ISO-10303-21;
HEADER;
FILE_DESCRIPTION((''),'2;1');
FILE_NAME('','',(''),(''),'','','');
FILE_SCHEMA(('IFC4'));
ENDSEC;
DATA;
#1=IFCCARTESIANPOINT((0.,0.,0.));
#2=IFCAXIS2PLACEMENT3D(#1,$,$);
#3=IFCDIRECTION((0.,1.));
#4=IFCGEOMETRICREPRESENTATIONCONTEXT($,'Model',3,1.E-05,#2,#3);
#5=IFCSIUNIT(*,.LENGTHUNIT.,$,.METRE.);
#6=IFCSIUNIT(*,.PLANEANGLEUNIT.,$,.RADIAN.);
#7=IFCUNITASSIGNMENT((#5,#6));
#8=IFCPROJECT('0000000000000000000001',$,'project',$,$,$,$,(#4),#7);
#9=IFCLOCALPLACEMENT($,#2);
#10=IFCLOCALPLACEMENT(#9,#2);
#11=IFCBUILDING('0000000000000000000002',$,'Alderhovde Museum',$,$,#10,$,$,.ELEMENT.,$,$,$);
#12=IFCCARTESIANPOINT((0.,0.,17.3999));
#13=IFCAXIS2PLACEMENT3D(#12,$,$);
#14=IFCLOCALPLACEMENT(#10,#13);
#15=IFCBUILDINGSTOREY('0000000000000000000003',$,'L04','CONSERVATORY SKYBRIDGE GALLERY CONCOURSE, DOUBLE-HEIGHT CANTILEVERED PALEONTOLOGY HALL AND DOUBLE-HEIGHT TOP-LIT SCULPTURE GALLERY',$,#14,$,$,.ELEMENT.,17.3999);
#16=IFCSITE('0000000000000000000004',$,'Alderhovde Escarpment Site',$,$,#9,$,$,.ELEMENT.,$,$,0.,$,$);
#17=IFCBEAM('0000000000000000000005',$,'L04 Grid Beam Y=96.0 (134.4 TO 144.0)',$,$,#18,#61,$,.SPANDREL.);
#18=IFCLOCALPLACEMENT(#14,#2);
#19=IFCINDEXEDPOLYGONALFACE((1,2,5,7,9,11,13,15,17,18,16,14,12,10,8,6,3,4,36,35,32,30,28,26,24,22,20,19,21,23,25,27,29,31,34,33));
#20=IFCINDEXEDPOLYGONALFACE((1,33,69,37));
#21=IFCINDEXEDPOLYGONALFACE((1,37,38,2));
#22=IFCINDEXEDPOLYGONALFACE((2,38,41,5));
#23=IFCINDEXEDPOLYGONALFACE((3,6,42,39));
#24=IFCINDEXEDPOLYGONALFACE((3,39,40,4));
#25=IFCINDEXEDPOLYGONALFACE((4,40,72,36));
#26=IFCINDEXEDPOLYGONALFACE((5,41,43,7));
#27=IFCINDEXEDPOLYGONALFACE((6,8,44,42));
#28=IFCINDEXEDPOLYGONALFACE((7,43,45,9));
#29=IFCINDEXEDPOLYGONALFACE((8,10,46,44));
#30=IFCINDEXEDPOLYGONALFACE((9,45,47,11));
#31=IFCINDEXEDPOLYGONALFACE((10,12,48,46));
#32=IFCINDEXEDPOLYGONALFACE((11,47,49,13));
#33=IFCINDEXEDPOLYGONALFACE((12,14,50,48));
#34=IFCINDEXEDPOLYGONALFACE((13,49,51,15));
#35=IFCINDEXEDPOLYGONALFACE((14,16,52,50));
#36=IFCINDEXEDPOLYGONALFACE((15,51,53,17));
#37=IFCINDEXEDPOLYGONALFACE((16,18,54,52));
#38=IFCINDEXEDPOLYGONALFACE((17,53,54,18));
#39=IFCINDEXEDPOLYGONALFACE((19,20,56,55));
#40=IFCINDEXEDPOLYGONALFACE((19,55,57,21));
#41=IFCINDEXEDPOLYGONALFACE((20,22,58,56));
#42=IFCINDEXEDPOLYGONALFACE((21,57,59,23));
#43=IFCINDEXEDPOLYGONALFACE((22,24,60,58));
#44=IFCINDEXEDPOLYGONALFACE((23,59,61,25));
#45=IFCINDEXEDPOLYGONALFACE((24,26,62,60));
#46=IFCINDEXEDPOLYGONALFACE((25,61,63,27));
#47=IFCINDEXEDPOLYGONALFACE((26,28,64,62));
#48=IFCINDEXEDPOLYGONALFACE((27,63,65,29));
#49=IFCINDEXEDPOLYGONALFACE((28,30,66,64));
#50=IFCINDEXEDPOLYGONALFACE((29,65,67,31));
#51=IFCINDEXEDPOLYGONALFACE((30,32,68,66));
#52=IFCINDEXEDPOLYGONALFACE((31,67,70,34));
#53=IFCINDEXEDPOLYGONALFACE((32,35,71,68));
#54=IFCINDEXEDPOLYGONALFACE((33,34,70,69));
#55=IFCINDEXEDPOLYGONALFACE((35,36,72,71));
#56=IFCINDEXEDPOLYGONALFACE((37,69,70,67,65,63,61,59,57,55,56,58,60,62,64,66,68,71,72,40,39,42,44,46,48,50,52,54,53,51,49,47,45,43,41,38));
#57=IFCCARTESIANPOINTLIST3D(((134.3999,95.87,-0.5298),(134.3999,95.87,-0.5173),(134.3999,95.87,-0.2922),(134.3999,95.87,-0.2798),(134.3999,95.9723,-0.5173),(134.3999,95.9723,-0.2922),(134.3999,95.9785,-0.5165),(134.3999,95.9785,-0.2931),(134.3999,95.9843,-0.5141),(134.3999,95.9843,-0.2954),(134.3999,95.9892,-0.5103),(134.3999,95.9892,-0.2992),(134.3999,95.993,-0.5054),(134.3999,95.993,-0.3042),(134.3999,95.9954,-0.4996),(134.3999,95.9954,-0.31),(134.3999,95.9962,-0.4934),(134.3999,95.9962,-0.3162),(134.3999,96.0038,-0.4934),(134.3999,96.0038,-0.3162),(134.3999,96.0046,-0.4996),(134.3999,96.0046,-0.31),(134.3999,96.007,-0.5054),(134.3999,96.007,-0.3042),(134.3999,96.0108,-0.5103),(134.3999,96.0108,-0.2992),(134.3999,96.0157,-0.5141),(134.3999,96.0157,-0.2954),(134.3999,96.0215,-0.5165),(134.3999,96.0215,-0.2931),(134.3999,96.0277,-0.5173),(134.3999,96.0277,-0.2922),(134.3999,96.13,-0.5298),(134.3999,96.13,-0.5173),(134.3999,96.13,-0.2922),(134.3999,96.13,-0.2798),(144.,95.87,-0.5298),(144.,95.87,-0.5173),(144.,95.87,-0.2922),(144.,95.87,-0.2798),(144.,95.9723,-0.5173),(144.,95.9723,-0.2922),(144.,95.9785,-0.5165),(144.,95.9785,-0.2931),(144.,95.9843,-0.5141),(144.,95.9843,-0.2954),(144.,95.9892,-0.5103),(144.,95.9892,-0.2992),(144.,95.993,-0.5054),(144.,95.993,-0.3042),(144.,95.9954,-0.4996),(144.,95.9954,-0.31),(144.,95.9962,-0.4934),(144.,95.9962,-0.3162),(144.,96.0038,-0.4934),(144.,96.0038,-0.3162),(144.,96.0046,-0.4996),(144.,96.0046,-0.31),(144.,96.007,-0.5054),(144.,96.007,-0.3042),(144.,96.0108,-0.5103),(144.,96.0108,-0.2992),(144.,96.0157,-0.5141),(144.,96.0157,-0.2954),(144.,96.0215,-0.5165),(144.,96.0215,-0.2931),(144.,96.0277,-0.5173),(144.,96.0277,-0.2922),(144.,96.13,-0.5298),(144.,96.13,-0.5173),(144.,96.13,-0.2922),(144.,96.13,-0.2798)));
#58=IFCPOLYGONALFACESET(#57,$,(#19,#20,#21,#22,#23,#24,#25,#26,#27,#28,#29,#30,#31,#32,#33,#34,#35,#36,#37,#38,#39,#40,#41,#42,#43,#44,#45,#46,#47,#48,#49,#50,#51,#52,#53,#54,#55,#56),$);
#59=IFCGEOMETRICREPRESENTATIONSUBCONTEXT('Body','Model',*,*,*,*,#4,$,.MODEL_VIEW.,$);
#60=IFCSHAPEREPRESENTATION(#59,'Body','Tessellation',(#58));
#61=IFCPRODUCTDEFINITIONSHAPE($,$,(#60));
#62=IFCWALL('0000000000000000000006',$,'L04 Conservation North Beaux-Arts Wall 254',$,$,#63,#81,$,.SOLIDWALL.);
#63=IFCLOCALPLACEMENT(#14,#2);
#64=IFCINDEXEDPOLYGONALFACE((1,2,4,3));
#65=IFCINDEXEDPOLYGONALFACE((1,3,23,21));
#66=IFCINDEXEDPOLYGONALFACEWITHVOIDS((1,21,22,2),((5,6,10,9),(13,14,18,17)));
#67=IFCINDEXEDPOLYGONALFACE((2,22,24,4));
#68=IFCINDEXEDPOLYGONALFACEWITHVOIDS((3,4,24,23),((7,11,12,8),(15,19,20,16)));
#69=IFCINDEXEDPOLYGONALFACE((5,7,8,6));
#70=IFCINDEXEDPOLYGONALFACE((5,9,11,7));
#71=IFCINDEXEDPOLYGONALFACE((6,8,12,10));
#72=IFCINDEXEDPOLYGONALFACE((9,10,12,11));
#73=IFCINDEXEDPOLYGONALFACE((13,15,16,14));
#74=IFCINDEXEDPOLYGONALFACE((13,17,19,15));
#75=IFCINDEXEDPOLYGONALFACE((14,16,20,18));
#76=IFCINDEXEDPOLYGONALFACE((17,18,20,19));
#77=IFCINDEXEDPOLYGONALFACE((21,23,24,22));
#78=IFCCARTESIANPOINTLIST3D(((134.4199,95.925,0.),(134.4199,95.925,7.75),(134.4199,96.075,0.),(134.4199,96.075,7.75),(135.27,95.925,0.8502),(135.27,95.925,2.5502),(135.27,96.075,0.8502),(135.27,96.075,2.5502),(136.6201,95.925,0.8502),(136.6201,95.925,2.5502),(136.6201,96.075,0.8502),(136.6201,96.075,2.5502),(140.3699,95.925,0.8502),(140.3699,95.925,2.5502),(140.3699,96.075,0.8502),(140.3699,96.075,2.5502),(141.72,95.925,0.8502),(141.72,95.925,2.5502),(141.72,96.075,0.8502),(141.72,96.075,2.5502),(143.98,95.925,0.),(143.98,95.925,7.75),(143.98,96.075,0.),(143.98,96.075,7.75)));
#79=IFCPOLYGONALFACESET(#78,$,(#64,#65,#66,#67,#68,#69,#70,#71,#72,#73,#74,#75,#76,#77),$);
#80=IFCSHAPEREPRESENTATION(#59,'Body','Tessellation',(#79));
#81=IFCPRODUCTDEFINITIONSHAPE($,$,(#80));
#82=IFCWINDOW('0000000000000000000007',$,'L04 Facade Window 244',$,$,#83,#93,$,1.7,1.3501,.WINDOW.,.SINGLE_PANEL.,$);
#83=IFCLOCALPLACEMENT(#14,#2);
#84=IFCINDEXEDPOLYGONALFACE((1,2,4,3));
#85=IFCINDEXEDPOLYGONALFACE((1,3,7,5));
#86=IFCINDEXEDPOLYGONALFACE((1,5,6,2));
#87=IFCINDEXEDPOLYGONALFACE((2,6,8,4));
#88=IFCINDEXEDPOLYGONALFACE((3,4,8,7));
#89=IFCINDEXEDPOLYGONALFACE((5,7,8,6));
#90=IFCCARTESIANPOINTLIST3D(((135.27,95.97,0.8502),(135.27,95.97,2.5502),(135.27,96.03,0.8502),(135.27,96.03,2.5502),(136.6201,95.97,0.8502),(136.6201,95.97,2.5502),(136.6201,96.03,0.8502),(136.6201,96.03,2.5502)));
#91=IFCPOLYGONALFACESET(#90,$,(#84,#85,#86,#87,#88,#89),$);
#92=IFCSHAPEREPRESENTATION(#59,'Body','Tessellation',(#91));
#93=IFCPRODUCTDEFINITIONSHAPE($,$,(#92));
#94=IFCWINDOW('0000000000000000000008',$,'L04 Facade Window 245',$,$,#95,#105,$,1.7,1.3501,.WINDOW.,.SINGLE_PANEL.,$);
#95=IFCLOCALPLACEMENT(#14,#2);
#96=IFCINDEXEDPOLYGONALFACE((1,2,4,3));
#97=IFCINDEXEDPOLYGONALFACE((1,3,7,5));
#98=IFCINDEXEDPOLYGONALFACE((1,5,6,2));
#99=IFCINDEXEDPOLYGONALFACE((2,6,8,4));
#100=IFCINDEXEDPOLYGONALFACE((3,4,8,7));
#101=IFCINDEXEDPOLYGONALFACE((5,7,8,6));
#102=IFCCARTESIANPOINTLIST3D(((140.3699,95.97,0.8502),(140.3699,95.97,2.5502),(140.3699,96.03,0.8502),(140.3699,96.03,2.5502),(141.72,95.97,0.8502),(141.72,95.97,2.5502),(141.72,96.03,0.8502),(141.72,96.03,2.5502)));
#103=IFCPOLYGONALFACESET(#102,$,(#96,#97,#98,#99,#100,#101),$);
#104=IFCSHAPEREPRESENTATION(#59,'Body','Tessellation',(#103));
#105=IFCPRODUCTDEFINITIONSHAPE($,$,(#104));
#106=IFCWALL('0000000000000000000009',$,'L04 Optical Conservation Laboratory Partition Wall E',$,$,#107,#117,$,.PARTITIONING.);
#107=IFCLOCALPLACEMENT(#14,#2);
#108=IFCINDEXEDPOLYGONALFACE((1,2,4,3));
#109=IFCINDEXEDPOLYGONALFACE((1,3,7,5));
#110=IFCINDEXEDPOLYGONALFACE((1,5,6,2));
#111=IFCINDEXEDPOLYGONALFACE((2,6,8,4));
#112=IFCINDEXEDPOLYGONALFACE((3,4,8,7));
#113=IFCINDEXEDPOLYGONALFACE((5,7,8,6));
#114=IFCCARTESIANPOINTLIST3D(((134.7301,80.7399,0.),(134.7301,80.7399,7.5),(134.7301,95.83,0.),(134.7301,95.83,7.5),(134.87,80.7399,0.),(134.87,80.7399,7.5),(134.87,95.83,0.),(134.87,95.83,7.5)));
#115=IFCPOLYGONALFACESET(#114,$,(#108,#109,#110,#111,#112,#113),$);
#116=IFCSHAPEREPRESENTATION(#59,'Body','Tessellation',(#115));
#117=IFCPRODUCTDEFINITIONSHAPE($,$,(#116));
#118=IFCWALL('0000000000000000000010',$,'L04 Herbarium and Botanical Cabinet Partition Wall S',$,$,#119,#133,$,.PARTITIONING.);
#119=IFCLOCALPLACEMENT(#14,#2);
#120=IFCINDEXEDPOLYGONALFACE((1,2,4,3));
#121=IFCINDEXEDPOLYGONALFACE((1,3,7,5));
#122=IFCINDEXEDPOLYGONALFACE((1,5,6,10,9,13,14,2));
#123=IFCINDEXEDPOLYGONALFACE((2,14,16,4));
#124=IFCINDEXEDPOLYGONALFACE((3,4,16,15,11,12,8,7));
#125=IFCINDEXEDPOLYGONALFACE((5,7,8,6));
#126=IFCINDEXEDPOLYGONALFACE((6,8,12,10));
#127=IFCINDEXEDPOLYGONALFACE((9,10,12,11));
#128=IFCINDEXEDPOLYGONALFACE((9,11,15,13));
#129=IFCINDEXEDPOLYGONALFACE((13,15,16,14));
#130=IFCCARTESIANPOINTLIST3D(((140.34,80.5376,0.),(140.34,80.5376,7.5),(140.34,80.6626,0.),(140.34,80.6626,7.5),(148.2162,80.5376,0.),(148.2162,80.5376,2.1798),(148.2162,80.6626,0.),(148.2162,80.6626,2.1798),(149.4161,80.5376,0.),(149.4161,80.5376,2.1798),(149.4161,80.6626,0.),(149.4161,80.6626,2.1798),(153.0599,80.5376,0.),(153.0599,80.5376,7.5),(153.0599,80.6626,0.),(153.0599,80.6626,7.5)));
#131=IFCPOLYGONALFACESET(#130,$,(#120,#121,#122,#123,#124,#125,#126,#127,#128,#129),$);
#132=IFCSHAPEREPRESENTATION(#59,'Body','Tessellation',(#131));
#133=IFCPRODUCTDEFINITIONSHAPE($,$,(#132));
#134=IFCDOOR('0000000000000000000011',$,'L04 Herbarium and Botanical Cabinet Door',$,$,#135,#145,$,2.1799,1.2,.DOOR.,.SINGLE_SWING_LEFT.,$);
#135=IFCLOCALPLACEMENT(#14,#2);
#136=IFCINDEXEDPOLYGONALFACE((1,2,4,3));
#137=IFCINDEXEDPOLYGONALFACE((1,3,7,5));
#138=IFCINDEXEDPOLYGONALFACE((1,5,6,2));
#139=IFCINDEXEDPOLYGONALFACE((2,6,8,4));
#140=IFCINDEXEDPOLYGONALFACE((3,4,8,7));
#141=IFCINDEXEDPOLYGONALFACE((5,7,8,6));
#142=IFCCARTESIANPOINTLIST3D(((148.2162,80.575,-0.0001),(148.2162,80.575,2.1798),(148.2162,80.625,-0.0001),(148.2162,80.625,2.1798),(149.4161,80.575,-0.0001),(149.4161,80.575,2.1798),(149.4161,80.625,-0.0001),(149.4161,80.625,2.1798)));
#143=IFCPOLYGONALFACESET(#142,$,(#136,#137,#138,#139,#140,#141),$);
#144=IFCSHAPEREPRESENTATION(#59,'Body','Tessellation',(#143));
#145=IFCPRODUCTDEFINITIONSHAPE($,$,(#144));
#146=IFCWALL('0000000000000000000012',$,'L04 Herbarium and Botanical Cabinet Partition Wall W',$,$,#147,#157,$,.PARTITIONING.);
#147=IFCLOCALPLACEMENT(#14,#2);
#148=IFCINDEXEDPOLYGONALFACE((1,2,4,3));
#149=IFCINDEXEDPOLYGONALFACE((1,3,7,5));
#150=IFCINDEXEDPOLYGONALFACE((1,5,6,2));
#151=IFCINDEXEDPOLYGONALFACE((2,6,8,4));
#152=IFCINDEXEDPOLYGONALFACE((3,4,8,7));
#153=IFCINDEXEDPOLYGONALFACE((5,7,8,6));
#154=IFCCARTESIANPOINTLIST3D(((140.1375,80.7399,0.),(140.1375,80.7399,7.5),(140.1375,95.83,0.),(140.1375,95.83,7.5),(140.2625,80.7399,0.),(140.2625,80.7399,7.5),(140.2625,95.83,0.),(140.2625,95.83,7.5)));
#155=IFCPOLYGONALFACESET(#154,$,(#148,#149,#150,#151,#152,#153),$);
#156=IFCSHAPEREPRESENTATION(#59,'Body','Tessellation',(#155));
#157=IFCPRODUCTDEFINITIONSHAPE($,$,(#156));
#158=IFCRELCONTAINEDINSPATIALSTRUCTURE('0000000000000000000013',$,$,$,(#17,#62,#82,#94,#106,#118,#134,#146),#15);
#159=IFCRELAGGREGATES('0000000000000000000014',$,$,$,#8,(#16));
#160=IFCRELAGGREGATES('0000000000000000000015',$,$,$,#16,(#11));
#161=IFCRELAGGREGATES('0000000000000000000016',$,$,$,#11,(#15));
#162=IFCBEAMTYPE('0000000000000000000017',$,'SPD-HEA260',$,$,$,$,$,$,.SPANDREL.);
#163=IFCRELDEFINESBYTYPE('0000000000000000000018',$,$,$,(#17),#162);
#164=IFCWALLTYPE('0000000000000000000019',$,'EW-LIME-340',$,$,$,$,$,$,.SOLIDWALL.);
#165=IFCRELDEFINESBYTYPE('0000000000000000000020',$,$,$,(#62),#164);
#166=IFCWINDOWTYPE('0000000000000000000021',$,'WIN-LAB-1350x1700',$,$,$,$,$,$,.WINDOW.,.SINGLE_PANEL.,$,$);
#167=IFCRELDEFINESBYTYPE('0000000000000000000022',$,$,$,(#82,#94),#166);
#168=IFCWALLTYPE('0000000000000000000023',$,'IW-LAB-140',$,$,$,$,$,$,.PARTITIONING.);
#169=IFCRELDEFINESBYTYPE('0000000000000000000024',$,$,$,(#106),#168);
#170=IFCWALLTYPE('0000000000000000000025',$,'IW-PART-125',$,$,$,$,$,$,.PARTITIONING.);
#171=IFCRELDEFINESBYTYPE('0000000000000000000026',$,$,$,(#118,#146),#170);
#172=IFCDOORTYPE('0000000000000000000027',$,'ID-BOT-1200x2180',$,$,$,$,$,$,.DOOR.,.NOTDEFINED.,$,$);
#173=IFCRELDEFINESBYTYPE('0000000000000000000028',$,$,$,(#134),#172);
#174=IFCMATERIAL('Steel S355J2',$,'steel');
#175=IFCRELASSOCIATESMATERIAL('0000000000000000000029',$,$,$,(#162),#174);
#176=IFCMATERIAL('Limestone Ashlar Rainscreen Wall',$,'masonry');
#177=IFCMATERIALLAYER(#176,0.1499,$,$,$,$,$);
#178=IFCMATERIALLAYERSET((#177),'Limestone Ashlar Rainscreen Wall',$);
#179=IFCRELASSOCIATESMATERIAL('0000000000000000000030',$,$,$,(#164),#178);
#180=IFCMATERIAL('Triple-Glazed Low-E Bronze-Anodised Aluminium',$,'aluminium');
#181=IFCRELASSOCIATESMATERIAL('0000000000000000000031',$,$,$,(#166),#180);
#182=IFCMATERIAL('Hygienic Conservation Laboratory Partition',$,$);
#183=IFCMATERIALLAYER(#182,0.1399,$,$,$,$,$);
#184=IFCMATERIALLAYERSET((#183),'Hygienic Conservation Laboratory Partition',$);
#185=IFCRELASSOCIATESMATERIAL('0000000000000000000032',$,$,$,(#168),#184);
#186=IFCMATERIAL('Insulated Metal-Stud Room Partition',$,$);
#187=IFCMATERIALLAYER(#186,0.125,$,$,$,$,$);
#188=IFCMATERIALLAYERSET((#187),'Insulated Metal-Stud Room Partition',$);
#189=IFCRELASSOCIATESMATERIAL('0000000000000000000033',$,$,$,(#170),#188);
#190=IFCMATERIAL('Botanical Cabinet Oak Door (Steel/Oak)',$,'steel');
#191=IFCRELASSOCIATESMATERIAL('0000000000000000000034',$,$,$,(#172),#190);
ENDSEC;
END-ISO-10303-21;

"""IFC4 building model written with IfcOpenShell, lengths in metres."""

from ifc_helpers import new_model, si_unit, direction, frame, frame_2d, origin, origin_2d, place, context, subcontext, project, spatial, rectangle, i_section, extrude, material, layer, layer_set, material_profile, profile_set, type_object, element, fill, save


model = new_model("IFC4")

# Units and contexts
model_context = context("Model", 3, precision=1e-05, world=origin(), true_north=direction((0.0, 1.0)))
body_context = subcontext(model_context, "Body", "Model", "MODEL_VIEW")
ifc_project = project(units=[si_unit("LENGTHUNIT", "METRE"), si_unit("PLANEANGLEUNIT", "RADIAN")], contexts=[model_context])

# Site, building, storey
site_placement = place(None, origin())
site = spatial("IfcSite", under=ifc_project, at=site_placement, Name="Alderhovde Escarpment Site", CompositionType="ELEMENT", RefElevation=0.0)
building_placement = place(site_placement, origin())
building = spatial("IfcBuilding", under=site, at=building_placement, Name="Alderhovde Museum", CompositionType="ELEMENT")
storey_placement = place(building_placement, frame((0.0, 0.0, 17.3999)))
storey = spatial("IfcBuildingStorey", under=building, at=storey_placement, Name="L04", Description="CONSERVATORY SKYBRIDGE GALLERY CONCOURSE, DOUBLE-HEIGHT CANTILEVERED PALEONTOLOGY HALL AND DOUBLE-HEIGHT TOP-LIT SCULPTURE GALLERY", CompositionType="ELEMENT", Elevation=17.3999)

# Beam
ifc_material_1 = material(Name="Steel S355J2", Category="steel")
ifc_material_profile_1 = material_profile(ifc_material_1, i_section(OverallWidth=0.26, OverallDepth=0.25, WebThickness=0.0076, FlangeThickness=0.0125, FilletRadius=0.0239, at=origin_2d()), Name="HEA 260")
ifc_profile_set_1 = profile_set([ifc_material_profile_1], Name="Steel S355J2")
beam_type_1 = type_object("IfcBeamType", Name="SPD-HEA260", PredefinedType="SPANDREL", material=ifc_profile_set_1)
beam_1_placement = place(storey_placement, frame((134.3999, 96.0, -0.4048), z_axis=(1.0, 0.0, 0.0), x_axis=(0.0, 1.0, 0.0)))
element("IfcBeam", 1, at=beam_1_placement, inside=storey, type_object=beam_type_1, Name="L04 Grid Beam Y=96.0 (134.4 TO 144.0)", PredefinedType="SPANDREL", context=body_context, shape_type="SweptSolid", body=[
    extrude(i_section(OverallWidth=0.26, OverallDepth=0.25, WebThickness=0.0076, FlangeThickness=0.0125, FilletRadius=0.0239, at=origin_2d()), origin(), (0.0, 0.0, 1.0), 9.6001),
])

# Wall, openings, windows
ifc_material_2 = material(Name="Limestone Ashlar Rainscreen Wall", Category="masonry")
ifc_layer_1 = layer(ifc_material_2, 0.1499)
ifc_layer_set_1 = layer_set([ifc_layer_1], Name="Limestone Ashlar Rainscreen Wall")
wall_type_1 = type_object("IfcWallType", Name="EW-LIME-340", PredefinedType="SOLIDWALL", material=ifc_layer_set_1)
wall_1_placement = place(storey_placement, frame((134.4199, 96.0, 0.0), z_axis=(0.0, 0.0, 1.0), x_axis=(1.0, 0.0, 0.0)))
wall_1 = element("IfcWall", 2, at=wall_1_placement, inside=storey, type_object=wall_type_1, Name="L04 Conservation North Beaux-Arts Wall 254", PredefinedType="SOLIDWALL", context=body_context, shape_type="SweptSolid", body=[
    extrude(rectangle(XDim=9.5601, YDim=0.1499, at=frame_2d((4.78, 0.0))), origin(), (0.0, 0.0, 1.0), 7.75),
])
opening_1_placement = place(wall_1_placement, frame((0.8501, 0.0, 0.8501)))
opening_1 = element("IfcOpeningElement", 3, at=opening_1_placement, cuts=wall_1, PredefinedType="OPENING", context=body_context, shape_type="SweptSolid", body=[
    extrude(rectangle(XDim=1.3501, YDim=1.7, at=frame_2d((0.675, 0.8501))), frame((0.0, 0.085, 0.0), z_axis=(0.0, -1.0, 0.0), x_axis=(1.0, 0.0, 0.0)), (0.0, 0.0, 1.0), 0.1699),
])
opening_2_placement = place(wall_1_placement, frame((5.95, 0.0, 0.8501)))
opening_2 = element("IfcOpeningElement", 4, at=opening_2_placement, cuts=wall_1, PredefinedType="OPENING", context=body_context, shape_type="SweptSolid", body=[
    extrude(rectangle(XDim=1.3501, YDim=1.7, at=frame_2d((0.675, 0.8501))), frame((0.0, 0.085, 0.0), z_axis=(0.0, -1.0, 0.0), x_axis=(1.0, 0.0, 0.0)), (0.0, 0.0, 1.0), 0.1699),
])
ifc_material_3 = material(Name="Triple-Glazed Low-E Bronze-Anodised Aluminium", Category="aluminium")
window_type = type_object("IfcWindowType", Name="WIN-LAB-1350x1700", PartitioningType="SINGLE_PANEL", PredefinedType="WINDOW", material=ifc_material_3)
window_1_placement = place(opening_1_placement, origin())
window_1 = element("IfcWindow", 5, at=window_1_placement, inside=storey, type_object=window_type, Name="L04 Facade Window 244", OverallHeight=1.7, OverallWidth=1.3501, PartitioningType="SINGLE_PANEL", PredefinedType="WINDOW", context=body_context, shape_type="SweptSolid", body=[
    extrude(rectangle(XDim=1.3501, YDim=1.7, at=frame_2d((0.675, 0.8501))), frame((0.0, 0.03, 0.0), z_axis=(0.0, -1.0, 0.0), x_axis=(1.0, 0.0, 0.0)), (0.0, 0.0, 1.0), 0.0601),
])
fill(opening_1, window_1)
window_2_placement = place(opening_2_placement, origin())
window_2 = element("IfcWindow", 6, at=window_2_placement, inside=storey, type_object=window_type, Name="L04 Facade Window 245", OverallHeight=1.7, OverallWidth=1.3501, PartitioningType="SINGLE_PANEL", PredefinedType="WINDOW", context=body_context, shape_type="SweptSolid", body=[
    extrude(rectangle(XDim=1.3501, YDim=1.7, at=frame_2d((0.675, 0.8501))), frame((0.0, 0.03, 0.0), z_axis=(0.0, -1.0, 0.0), x_axis=(1.0, 0.0, 0.0)), (0.0, 0.0, 1.0), 0.0601),
])
fill(opening_2, window_2)

# Wall
ifc_material_4 = material(Name="Hygienic Conservation Laboratory Partition")
ifc_layer_2 = layer(ifc_material_4, 0.1399)
ifc_layer_set_2 = layer_set([ifc_layer_2], Name="Hygienic Conservation Laboratory Partition")
wall_type_2 = type_object("IfcWallType", Name="IW-LAB-140", PredefinedType="PARTITIONING", material=ifc_layer_set_2)
wall_2_placement = place(storey_placement, frame((134.8, 80.74, 0.0), z_axis=(0.0, 0.0, 1.0), x_axis=(0.0, 1.0, 0.0)))
element("IfcWall", 7, at=wall_2_placement, inside=storey, type_object=wall_type_2, Name="L04 Optical Conservation Laboratory Partition Wall E", PredefinedType="PARTITIONING", context=body_context, shape_type="SweptSolid", body=[
    extrude(rectangle(XDim=15.0901, YDim=0.1399, at=frame_2d((7.5449, 0.0))), origin(), (0.0, 0.0, 1.0), 7.5),
])

# Wall, opening, door
ifc_material_5 = material(Name="Insulated Metal-Stud Room Partition")
ifc_layer_3 = layer(ifc_material_5, 0.125)
ifc_layer_set_3 = layer_set([ifc_layer_3], Name="Insulated Metal-Stud Room Partition")
wall_type_3 = type_object("IfcWallType", Name="IW-PART-125", PredefinedType="PARTITIONING", material=ifc_layer_set_3)
wall_3_placement = place(storey_placement, frame((140.3401, 80.6001, 0.0), z_axis=(0.0, 0.0, 1.0), x_axis=(1.0, 0.0, 0.0)))
wall_3 = element("IfcWall", 8, at=wall_3_placement, inside=storey, type_object=wall_type_3, Name="L04 Herbarium and Botanical Cabinet Partition Wall S", PredefinedType="PARTITIONING", context=body_context, shape_type="SweptSolid", body=[
    extrude(rectangle(XDim=12.72, YDim=0.125, at=frame_2d((6.3599, 0.0))), origin(), (0.0, 0.0, 1.0), 7.5),
])
opening_3_placement = place(wall_3_placement, frame((7.876, 0.0, 0.0)))
opening_3 = element("IfcOpeningElement", 9, at=opening_3_placement, cuts=wall_3, PredefinedType="OPENING", context=body_context, shape_type="SweptSolid", body=[
    extrude(rectangle(XDim=1.2, YDim=2.1799, at=frame_2d((0.6001, 1.0898))), frame((0.0, 0.0725, 0.0), z_axis=(0.0, -1.0, 0.0), x_axis=(1.0, 0.0, 0.0)), (0.0, 0.0, 1.0), 0.145),
])
ifc_material_6 = material(Name="Botanical Cabinet Oak Door (Steel/Oak)", Category="steel")
door_type = type_object("IfcDoorType", Name="ID-BOT-1200x2180", OperationType="NOTDEFINED", PredefinedType="DOOR", material=ifc_material_6)
door_placement = place(opening_3_placement, origin())
door = element("IfcDoor", 10, at=door_placement, inside=storey, type_object=door_type, Name="L04 Herbarium and Botanical Cabinet Door", OperationType="SINGLE_SWING_LEFT", OverallHeight=2.1799, OverallWidth=1.2, PredefinedType="DOOR", context=body_context, shape_type="SweptSolid", body=[
    extrude(rectangle(XDim=1.2, YDim=2.1799, at=frame_2d((0.6001, 1.0898))), frame((0.0, 0.0249, 0.0), z_axis=(0.0, -1.0, 0.0), x_axis=(1.0, 0.0, 0.0)), (0.0, 0.0, 1.0), 0.05),
])
fill(opening_3, door)

# Wall
wall_4_placement = place(storey_placement, frame((140.2, 80.74, 0.0), z_axis=(0.0, 0.0, 1.0), x_axis=(0.0, 1.0, 0.0)))
element("IfcWall", 11, at=wall_4_placement, inside=storey, type_object=wall_type_3, Name="L04 Herbarium and Botanical Cabinet Partition Wall W", PredefinedType="PARTITIONING", context=body_context, shape_type="SweptSolid", body=[
    extrude(rectangle(XDim=15.0901, YDim=0.125, at=frame_2d((7.5449, 0.0))), origin(), (0.0, 0.0, 1.0), 7.5),
])

save(model, "model.ifc")
